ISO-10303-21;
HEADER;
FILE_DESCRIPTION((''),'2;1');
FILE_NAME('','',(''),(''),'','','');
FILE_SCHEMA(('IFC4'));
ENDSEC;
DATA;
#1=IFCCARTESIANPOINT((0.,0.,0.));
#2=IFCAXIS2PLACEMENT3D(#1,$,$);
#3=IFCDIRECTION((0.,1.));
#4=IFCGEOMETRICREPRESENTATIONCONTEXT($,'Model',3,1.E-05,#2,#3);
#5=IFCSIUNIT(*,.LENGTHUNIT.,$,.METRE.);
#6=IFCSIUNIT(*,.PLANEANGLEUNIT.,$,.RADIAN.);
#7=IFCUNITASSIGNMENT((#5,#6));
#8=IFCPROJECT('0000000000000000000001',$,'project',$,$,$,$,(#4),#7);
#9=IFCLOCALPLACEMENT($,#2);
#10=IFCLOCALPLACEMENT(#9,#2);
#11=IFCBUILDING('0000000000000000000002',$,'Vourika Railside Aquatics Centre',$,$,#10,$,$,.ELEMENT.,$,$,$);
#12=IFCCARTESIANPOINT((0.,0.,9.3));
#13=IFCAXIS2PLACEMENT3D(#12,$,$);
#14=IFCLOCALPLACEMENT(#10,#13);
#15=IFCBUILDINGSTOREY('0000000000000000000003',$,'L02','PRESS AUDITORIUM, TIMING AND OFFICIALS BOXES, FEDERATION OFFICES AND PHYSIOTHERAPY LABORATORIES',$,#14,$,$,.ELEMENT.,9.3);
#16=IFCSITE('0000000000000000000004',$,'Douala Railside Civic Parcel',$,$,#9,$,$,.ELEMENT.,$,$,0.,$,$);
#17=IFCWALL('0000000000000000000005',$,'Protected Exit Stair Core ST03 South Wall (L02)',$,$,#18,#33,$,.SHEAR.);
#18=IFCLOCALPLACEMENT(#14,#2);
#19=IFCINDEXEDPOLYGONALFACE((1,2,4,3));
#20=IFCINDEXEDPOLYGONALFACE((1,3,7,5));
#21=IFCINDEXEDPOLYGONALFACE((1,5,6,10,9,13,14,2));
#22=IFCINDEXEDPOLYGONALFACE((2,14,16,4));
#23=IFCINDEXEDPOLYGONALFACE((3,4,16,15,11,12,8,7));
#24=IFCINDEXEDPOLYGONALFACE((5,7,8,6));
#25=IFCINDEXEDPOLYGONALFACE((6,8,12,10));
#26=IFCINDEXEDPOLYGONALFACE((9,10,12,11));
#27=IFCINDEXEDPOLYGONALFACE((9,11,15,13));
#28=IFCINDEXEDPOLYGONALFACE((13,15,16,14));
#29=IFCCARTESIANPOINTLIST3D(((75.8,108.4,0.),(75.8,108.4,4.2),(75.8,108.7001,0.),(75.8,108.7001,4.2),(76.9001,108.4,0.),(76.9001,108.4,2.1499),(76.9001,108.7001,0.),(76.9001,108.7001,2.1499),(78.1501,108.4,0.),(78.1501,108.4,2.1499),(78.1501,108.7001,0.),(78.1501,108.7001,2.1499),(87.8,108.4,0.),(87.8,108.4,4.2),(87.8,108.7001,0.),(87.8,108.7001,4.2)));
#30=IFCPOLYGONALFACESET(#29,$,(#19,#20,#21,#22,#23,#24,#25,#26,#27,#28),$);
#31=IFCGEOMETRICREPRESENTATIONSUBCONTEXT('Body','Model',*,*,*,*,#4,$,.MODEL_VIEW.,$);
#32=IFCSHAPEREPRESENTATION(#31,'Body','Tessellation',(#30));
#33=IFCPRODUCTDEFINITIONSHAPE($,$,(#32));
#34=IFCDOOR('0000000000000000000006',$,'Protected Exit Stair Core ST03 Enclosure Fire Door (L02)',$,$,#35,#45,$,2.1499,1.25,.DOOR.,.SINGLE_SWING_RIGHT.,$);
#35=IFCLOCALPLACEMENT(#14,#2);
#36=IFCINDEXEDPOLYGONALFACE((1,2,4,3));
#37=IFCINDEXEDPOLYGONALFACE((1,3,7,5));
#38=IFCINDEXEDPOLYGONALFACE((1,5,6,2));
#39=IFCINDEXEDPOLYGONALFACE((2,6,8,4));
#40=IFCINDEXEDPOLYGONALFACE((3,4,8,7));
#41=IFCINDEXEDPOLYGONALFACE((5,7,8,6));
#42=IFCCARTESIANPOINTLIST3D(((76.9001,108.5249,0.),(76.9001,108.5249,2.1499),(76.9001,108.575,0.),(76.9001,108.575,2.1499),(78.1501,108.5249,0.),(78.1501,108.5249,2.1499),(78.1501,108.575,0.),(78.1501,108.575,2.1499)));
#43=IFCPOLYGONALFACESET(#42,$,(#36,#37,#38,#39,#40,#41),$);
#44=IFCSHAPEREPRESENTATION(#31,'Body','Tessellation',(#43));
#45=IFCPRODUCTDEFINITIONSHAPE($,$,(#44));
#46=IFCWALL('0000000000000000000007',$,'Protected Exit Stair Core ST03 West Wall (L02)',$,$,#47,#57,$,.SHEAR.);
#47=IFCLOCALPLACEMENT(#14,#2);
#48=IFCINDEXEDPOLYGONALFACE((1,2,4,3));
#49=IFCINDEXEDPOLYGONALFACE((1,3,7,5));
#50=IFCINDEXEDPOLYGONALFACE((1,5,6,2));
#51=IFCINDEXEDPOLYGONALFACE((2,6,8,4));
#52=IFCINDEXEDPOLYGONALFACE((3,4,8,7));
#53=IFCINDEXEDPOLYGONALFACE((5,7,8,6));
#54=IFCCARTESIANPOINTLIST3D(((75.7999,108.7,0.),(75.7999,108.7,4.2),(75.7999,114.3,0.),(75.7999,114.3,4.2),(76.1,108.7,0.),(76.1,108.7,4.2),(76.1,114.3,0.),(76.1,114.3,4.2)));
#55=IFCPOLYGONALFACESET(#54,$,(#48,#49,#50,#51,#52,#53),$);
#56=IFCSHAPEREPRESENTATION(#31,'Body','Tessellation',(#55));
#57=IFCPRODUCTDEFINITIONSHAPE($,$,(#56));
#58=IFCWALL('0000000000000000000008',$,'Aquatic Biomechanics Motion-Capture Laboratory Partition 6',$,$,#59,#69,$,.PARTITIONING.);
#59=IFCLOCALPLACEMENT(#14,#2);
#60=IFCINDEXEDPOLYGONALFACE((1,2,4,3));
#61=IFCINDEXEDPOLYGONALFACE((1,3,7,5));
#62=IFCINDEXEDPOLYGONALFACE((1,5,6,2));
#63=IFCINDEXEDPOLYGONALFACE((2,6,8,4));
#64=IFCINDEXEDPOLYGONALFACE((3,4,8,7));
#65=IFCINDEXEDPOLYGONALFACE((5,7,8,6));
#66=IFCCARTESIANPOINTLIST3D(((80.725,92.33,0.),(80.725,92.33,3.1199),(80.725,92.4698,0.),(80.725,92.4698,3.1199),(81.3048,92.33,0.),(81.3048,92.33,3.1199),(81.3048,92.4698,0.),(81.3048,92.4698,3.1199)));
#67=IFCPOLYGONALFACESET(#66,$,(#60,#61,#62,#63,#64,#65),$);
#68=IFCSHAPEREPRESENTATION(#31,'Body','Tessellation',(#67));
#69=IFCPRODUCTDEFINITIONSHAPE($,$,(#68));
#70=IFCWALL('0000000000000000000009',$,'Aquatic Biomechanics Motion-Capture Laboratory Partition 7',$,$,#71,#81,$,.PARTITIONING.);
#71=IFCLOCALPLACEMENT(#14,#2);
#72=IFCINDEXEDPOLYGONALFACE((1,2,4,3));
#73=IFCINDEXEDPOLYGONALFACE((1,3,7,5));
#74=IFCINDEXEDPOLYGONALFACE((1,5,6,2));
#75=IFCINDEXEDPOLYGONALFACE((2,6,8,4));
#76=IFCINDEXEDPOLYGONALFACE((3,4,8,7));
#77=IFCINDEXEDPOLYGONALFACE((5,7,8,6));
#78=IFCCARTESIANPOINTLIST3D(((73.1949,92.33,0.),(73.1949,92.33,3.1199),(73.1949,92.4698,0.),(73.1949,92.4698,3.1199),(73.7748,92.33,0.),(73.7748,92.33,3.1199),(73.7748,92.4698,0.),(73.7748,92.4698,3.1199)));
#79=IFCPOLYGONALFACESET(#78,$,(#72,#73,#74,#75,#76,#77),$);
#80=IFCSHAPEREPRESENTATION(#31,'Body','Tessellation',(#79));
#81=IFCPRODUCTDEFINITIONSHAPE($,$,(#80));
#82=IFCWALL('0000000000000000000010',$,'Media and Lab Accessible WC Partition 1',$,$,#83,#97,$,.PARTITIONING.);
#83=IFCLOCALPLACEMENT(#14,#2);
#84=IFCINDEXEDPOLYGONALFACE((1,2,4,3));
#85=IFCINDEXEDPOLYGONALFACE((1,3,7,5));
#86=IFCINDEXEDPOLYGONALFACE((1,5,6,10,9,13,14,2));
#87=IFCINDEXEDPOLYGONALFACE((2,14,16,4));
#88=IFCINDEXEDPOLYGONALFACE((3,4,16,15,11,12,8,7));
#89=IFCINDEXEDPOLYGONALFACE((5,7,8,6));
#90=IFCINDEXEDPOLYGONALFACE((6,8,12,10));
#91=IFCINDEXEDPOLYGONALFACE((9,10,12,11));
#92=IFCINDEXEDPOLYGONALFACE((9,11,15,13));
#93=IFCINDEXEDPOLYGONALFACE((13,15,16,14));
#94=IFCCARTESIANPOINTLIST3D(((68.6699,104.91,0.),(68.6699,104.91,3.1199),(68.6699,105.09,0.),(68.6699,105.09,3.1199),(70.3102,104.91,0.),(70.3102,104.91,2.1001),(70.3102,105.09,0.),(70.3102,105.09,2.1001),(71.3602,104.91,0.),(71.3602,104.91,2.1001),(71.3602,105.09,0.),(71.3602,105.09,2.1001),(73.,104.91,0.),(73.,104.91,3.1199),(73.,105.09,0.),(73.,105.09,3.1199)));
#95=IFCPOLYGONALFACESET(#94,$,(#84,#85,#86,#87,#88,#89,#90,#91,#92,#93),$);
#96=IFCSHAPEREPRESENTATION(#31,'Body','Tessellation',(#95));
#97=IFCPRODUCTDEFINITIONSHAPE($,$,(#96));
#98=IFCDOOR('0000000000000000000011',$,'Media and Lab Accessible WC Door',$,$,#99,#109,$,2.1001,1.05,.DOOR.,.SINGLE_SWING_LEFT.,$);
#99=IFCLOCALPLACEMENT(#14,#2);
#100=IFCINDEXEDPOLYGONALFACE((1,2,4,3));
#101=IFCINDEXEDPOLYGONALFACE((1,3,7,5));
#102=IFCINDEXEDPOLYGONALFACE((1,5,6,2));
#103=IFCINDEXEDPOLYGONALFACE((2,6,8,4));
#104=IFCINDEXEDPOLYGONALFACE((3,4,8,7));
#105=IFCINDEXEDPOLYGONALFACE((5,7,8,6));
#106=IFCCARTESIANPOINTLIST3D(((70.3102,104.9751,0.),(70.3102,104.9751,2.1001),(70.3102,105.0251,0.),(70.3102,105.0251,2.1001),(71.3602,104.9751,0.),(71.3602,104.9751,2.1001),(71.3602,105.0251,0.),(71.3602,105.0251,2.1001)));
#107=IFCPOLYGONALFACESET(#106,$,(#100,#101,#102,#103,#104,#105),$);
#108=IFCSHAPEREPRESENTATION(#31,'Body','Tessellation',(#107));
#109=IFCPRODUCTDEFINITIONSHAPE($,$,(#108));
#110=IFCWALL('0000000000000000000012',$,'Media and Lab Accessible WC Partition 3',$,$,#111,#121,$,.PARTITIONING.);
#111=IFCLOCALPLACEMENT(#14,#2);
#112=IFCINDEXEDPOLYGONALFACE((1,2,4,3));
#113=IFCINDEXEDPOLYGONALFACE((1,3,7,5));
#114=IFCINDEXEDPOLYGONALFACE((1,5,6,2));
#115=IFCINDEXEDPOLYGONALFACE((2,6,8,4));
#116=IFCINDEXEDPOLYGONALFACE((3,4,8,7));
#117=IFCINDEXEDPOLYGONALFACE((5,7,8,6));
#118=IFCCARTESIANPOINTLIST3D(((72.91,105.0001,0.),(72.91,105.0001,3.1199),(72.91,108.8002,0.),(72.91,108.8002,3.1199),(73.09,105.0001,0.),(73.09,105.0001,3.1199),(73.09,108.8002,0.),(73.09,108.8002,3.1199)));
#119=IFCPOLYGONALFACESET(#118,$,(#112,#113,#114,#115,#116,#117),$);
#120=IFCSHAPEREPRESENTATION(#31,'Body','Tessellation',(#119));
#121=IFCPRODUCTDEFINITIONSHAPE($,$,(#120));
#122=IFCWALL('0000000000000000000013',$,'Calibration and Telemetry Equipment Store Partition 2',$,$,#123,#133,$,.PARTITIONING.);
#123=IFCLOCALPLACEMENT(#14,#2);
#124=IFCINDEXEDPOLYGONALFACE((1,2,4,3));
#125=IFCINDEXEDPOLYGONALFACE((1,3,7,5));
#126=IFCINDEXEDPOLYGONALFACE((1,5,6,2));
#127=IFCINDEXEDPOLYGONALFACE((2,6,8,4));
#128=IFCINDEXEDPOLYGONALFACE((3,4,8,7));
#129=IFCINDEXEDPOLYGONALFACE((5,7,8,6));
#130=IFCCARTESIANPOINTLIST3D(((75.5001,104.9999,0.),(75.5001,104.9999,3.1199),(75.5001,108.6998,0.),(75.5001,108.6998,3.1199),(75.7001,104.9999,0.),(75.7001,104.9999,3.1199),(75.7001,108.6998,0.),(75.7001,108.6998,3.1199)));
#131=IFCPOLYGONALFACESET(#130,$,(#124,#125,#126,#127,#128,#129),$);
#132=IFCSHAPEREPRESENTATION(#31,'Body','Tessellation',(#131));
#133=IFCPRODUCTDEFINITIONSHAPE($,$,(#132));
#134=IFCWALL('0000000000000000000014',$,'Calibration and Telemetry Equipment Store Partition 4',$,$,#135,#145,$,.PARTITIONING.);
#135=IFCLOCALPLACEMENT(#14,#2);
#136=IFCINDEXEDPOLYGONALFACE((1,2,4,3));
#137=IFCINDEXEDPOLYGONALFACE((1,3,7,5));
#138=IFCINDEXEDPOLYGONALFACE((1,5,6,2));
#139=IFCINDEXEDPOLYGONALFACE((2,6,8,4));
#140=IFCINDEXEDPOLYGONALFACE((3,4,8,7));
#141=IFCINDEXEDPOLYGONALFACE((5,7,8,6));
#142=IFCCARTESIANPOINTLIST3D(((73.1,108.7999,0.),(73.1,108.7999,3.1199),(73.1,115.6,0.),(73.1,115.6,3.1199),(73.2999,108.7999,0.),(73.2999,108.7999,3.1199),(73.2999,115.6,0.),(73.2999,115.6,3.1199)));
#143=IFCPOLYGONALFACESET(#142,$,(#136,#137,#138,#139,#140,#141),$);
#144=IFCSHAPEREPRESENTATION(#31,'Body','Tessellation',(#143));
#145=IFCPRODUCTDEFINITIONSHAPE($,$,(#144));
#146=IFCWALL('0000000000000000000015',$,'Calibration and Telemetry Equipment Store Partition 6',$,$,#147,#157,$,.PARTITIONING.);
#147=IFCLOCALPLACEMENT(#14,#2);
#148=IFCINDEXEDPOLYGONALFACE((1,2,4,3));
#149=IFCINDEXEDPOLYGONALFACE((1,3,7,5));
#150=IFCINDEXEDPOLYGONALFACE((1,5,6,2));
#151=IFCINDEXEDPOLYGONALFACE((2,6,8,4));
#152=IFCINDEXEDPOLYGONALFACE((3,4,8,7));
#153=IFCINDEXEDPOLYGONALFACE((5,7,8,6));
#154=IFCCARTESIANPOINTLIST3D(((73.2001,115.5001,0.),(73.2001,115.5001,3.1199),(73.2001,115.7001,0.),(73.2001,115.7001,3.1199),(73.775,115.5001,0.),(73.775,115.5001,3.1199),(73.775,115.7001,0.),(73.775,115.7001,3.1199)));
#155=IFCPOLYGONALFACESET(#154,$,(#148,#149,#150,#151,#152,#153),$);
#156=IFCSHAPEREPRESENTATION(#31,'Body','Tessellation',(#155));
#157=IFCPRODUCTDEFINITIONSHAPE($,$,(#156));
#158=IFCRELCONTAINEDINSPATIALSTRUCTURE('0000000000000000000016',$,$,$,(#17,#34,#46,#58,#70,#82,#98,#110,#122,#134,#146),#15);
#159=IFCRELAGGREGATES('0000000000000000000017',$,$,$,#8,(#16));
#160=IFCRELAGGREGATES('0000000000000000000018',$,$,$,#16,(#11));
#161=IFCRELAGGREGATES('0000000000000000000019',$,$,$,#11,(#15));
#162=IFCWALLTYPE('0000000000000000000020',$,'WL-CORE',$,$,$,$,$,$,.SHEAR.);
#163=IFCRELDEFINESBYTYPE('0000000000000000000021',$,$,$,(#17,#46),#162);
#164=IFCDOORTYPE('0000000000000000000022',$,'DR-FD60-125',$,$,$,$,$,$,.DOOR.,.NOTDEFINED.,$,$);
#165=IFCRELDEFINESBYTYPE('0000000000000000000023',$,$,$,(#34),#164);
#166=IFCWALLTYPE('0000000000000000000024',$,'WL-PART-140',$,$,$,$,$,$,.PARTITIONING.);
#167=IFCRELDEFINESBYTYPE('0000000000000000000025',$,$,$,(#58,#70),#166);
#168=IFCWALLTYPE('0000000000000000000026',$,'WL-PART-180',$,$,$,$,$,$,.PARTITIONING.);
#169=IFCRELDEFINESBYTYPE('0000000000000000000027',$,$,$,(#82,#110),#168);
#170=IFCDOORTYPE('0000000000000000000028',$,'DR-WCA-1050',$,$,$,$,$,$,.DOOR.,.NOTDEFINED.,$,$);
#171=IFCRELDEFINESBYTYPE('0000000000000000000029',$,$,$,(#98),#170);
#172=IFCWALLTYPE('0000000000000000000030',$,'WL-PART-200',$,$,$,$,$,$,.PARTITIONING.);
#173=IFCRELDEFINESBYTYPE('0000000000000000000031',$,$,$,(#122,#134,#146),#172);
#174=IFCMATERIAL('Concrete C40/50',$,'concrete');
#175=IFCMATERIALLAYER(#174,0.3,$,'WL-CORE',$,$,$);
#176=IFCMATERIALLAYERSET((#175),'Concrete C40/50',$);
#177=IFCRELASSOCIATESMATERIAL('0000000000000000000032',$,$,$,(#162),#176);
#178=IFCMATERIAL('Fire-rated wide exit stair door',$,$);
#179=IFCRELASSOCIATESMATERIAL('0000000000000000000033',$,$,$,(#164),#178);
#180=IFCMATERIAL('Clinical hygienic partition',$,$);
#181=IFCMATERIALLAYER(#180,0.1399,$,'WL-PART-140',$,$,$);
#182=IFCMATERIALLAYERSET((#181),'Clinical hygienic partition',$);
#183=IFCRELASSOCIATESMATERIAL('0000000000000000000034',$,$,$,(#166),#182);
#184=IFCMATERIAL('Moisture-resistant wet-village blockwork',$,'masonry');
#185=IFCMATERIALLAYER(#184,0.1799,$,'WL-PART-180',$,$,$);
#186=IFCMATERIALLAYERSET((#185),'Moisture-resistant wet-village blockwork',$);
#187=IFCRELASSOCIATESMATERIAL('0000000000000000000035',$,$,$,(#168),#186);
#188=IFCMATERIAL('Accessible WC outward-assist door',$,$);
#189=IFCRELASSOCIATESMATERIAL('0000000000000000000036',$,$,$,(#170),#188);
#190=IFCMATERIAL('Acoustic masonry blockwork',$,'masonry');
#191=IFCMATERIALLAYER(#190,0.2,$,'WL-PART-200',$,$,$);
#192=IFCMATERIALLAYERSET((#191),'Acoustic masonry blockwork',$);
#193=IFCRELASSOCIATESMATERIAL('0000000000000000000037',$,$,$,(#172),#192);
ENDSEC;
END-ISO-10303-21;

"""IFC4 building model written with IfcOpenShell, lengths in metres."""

from ifc_helpers import new_model, si_unit, direction, frame, frame_2d, origin, place, context, subcontext, project, spatial, rectangle, extrude, material, layer, layer_set, type_object, element, fill, save


model = new_model("IFC4")

# Units and contexts
model_context = context("Model", 3, precision=1e-05, world=origin(), true_north=direction((0.0, 1.0)))
body_context = subcontext(model_context, "Body", "Model", "MODEL_VIEW")
ifc_project = project(units=[si_unit("LENGTHUNIT", "METRE"), si_unit("PLANEANGLEUNIT", "RADIAN")], contexts=[model_context])

# Site, building, storey
site_placement = place(None, origin())
site = spatial("IfcSite", under=ifc_project, at=site_placement, Name="Douala Railside Civic Parcel", CompositionType="ELEMENT", RefElevation=0.0)
building_placement = place(site_placement, origin())
building = spatial("IfcBuilding", under=site, at=building_placement, Name="Vourika Railside Aquatics Centre", CompositionType="ELEMENT")
storey_placement = place(building_placement, frame((0.0, 0.0, 9.3)))
storey = spatial("IfcBuildingStorey", under=building, at=storey_placement, Name="L02", Description="PRESS AUDITORIUM, TIMING AND OFFICIALS BOXES, FEDERATION OFFICES AND PHYSIOTHERAPY LABORATORIES", CompositionType="ELEMENT", Elevation=9.3)

# Wall, opening, door
ifc_material_1 = material(Name="Concrete C40/50", Category="concrete")
ifc_layer_1 = layer(ifc_material_1, 0.3, Name="WL-CORE")
ifc_layer_set_1 = layer_set([ifc_layer_1], Name="Concrete C40/50")
wall_type_1 = type_object("IfcWallType", Name="WL-CORE", PredefinedType="SHEAR", material=ifc_layer_set_1)
wall_1_placement = place(storey_placement, frame((75.8, 108.55, 0.0), z_axis=(0.0, 0.0, 1.0), x_axis=(1.0, 0.0, 0.0)))
wall_1 = element("IfcWall", 1, at=wall_1_placement, inside=storey, type_object=wall_type_1, Name="Protected Exit Stair Core ST03 South Wall (L02)", PredefinedType="SHEAR", context=body_context, shape_type="SweptSolid", body=[
    extrude(rectangle(XDim=12.0, YDim=0.3, at=frame_2d((6.0, 0.0))), origin(), (0.0, 0.0, 1.0), 4.2),
])
opening_1_placement = place(wall_1_placement, frame((1.1001, 0.0, 0.0)))
opening_1 = element("IfcOpeningElement", 2, at=opening_1_placement, cuts=wall_1, PredefinedType="OPENING", context=body_context, shape_type="SweptSolid", body=[
    extrude(rectangle(XDim=1.25, YDim=2.1499, at=frame_2d((0.625, 1.075))), frame((0.0, 0.1602, 0.0), z_axis=(0.0, -1.0, 0.0), x_axis=(1.0, 0.0, 0.0)), (0.0, 0.0, 1.0), 0.3201),
])
ifc_material_2 = material(Name="Fire-rated wide exit stair door")
door_type_1 = type_object("IfcDoorType", Name="DR-FD60-125", OperationType="NOTDEFINED", PredefinedType="DOOR", material=ifc_material_2)
door_1_placement = place(opening_1_placement, origin())
door_1 = element("IfcDoor", 3, at=door_1_placement, inside=storey, type_object=door_type_1, Name="Protected Exit Stair Core ST03 Enclosure Fire Door (L02)", OperationType="SINGLE_SWING_RIGHT", OverallHeight=2.1499, OverallWidth=1.25, PredefinedType="DOOR", context=body_context, shape_type="SweptSolid", body=[
    extrude(rectangle(XDim=1.25, YDim=2.1499, at=frame_2d((0.625, 1.075))), frame((0.0, 0.0249, 0.0), z_axis=(0.0, -1.0, 0.0), x_axis=(1.0, 0.0, 0.0)), (0.0, 0.0, 1.0), 0.05),
])
fill(opening_1, door_1)

# Walls
wall_2_placement = place(storey_placement, frame((75.95, 114.3, 0.0), z_axis=(0.0, 0.0, 1.0), x_axis=(0.0, -1.0, 0.0)))
element("IfcWall", 4, at=wall_2_placement, inside=storey, type_object=wall_type_1, Name="Protected Exit Stair Core ST03 West Wall (L02)", PredefinedType="SHEAR", context=body_context, shape_type="SweptSolid", body=[
    extrude(rectangle(XDim=5.6001, YDim=0.3, at=frame_2d((2.8, 0.0))), origin(), (0.0, 0.0, 1.0), 4.2),
])
ifc_material_3 = material(Name="Clinical hygienic partition")
ifc_layer_2 = layer(ifc_material_3, 0.1399, Name="WL-PART-140")
ifc_layer_set_2 = layer_set([ifc_layer_2], Name="Clinical hygienic partition")
wall_type_2 = type_object("IfcWallType", Name="WL-PART-140", PredefinedType="PARTITIONING", material=ifc_layer_set_2)
for number, where, z_axis, x_axis, name in (
    (5, (81.3049, 92.3999, 0.0), (0.0, 0.0, 1.0), (-1.0, 0.0, 0.0), "Aquatic Biomechanics Motion-Capture Laboratory Partition 6"),
    (6, (73.7749, 92.3999, 0.0), (0.0, 0.0, 1.0), (-1.0, 0.0, 0.0), "Aquatic Biomechanics Motion-Capture Laboratory Partition 7"),
):
    element("IfcWall", number, at=place(storey_placement, frame(where, z_axis=z_axis, x_axis=x_axis)), inside=storey, type_object=wall_type_2, Name=name, PredefinedType="PARTITIONING", context=body_context, shape_type="SweptSolid", body=[
        extrude(rectangle(XDim=0.5798, YDim=0.1399, at=frame_2d((0.29, 0.0))), origin(), (0.0, 0.0, 1.0), 3.1199),
    ])

# Wall, opening, door
ifc_material_4 = material(Name="Moisture-resistant wet-village blockwork", Category="masonry")
ifc_layer_3 = layer(ifc_material_4, 0.1799, Name="WL-PART-180")
ifc_layer_set_3 = layer_set([ifc_layer_3], Name="Moisture-resistant wet-village blockwork")
wall_type_3 = type_object("IfcWallType", Name="WL-PART-180", PredefinedType="PARTITIONING", material=ifc_layer_set_3)
wall_3_placement = place(storey_placement, frame((73.0, 105.0, 0.0), z_axis=(0.0, 0.0, 1.0), x_axis=(-1.0, 0.0, 0.0)))
wall_3 = element("IfcWall", 7, at=wall_3_placement, inside=storey, type_object=wall_type_3, Name="Media and Lab Accessible WC Partition 1", PredefinedType="PARTITIONING", context=body_context, shape_type="SweptSolid", body=[
    extrude(rectangle(XDim=4.3301, YDim=0.1799, at=frame_2d((2.165, 0.0))), origin(), (0.0, 0.0, 1.0), 3.1199),
])
opening_2_placement = place(wall_3_placement, frame((1.6399, 0.0, 0.0)))
opening_2 = element("IfcOpeningElement", 8, at=opening_2_placement, cuts=wall_3, PredefinedType="OPENING", context=body_context, shape_type="SweptSolid", body=[
    extrude(rectangle(XDim=1.05, YDim=2.1001, at=frame_2d((0.5249, 1.05))), frame((0.0, 0.1001, 0.0), z_axis=(0.0, -1.0, 0.0), x_axis=(1.0, 0.0, 0.0)), (0.0, 0.0, 1.0), 0.2),
])
ifc_material_5 = material(Name="Accessible WC outward-assist door")
door_type_2 = type_object("IfcDoorType", Name="DR-WCA-1050", OperationType="NOTDEFINED", PredefinedType="DOOR", material=ifc_material_5)
door_2_placement = place(opening_2_placement, origin())
door_2 = element("IfcDoor", 9, at=door_2_placement, inside=storey, type_object=door_type_2, Name="Media and Lab Accessible WC Door", OperationType="SINGLE_SWING_LEFT", OverallHeight=2.1001, OverallWidth=1.05, PredefinedType="DOOR", context=body_context, shape_type="SweptSolid", body=[
    extrude(rectangle(XDim=1.05, YDim=2.1001, at=frame_2d((0.5249, 1.05))), frame((0.0, 0.0249, 0.0), z_axis=(0.0, -1.0, 0.0), x_axis=(1.0, 0.0, 0.0)), (0.0, 0.0, 1.0), 0.05),
])
fill(opening_2, door_2)

# Wall
wall_4_placement = place(storey_placement, frame((73.0, 108.8, 0.0), z_axis=(0.0, 0.0, 1.0), x_axis=(0.0, -1.0, 0.0)))
element("IfcWall", 10, at=wall_4_placement, inside=storey, type_object=wall_type_3, Name="Media and Lab Accessible WC Partition 3", PredefinedType="PARTITIONING", context=body_context, shape_type="SweptSolid", body=[
    extrude(rectangle(XDim=3.8, YDim=0.1799, at=frame_2d((1.8999, 0.0))), origin(), (0.0, 0.0, 1.0), 3.1199),
])

# Shared definitions
ifc_material_6 = material(Name="Acoustic masonry blockwork", Category="masonry")
ifc_layer_4 = layer(ifc_material_6, 0.2, Name="WL-PART-200")
ifc_layer_set_4 = layer_set([ifc_layer_4], Name="Acoustic masonry blockwork")
wall_type_4 = type_object("IfcWallType", Name="WL-PART-200", PredefinedType="PARTITIONING", material=ifc_layer_set_4)

# Walls
wall_5_placement = place(storey_placement, frame((75.6001, 108.7, 0.0), z_axis=(0.0, 0.0, 1.0), x_axis=(0.0, -1.0, 0.0)))
element("IfcWall", 11, at=wall_5_placement, inside=storey, type_object=wall_type_4, Name="Calibration and Telemetry Equipment Store Partition 2", PredefinedType="PARTITIONING", context=body_context, shape_type="SweptSolid", body=[
    extrude(rectangle(XDim=3.7, YDim=0.2, at=frame_2d((1.8501, 0.0))), origin(), (0.0, 0.0, 1.0), 3.1199),
])
wall_6_placement = place(storey_placement, frame((73.2, 108.8, 0.0), z_axis=(0.0, 0.0, 1.0), x_axis=(0.0, 1.0, 0.0)))
element("IfcWall", 12, at=wall_6_placement, inside=storey, type_object=wall_type_4, Name="Calibration and Telemetry Equipment Store Partition 4", PredefinedType="PARTITIONING", context=body_context, shape_type="SweptSolid", body=[
    extrude(rectangle(XDim=6.8, YDim=0.2, at=frame_2d((3.3999, 0.0))), origin(), (0.0, 0.0, 1.0), 3.1199),
])
wall_7_placement = place(storey_placement, frame((73.2, 115.6001, 0.0), z_axis=(0.0, 0.0, 1.0), x_axis=(1.0, 0.0, 0.0)))
element("IfcWall", 13, at=wall_7_placement, inside=storey, type_object=wall_type_4, Name="Calibration and Telemetry Equipment Store Partition 6", PredefinedType="PARTITIONING", context=body_context, shape_type="SweptSolid", body=[
    extrude(rectangle(XDim=0.575, YDim=0.2, at=frame_2d((0.2876, 0.0))), origin(), (0.0, 0.0, 1.0), 3.1199),
])

save(model, "model.ifc")
